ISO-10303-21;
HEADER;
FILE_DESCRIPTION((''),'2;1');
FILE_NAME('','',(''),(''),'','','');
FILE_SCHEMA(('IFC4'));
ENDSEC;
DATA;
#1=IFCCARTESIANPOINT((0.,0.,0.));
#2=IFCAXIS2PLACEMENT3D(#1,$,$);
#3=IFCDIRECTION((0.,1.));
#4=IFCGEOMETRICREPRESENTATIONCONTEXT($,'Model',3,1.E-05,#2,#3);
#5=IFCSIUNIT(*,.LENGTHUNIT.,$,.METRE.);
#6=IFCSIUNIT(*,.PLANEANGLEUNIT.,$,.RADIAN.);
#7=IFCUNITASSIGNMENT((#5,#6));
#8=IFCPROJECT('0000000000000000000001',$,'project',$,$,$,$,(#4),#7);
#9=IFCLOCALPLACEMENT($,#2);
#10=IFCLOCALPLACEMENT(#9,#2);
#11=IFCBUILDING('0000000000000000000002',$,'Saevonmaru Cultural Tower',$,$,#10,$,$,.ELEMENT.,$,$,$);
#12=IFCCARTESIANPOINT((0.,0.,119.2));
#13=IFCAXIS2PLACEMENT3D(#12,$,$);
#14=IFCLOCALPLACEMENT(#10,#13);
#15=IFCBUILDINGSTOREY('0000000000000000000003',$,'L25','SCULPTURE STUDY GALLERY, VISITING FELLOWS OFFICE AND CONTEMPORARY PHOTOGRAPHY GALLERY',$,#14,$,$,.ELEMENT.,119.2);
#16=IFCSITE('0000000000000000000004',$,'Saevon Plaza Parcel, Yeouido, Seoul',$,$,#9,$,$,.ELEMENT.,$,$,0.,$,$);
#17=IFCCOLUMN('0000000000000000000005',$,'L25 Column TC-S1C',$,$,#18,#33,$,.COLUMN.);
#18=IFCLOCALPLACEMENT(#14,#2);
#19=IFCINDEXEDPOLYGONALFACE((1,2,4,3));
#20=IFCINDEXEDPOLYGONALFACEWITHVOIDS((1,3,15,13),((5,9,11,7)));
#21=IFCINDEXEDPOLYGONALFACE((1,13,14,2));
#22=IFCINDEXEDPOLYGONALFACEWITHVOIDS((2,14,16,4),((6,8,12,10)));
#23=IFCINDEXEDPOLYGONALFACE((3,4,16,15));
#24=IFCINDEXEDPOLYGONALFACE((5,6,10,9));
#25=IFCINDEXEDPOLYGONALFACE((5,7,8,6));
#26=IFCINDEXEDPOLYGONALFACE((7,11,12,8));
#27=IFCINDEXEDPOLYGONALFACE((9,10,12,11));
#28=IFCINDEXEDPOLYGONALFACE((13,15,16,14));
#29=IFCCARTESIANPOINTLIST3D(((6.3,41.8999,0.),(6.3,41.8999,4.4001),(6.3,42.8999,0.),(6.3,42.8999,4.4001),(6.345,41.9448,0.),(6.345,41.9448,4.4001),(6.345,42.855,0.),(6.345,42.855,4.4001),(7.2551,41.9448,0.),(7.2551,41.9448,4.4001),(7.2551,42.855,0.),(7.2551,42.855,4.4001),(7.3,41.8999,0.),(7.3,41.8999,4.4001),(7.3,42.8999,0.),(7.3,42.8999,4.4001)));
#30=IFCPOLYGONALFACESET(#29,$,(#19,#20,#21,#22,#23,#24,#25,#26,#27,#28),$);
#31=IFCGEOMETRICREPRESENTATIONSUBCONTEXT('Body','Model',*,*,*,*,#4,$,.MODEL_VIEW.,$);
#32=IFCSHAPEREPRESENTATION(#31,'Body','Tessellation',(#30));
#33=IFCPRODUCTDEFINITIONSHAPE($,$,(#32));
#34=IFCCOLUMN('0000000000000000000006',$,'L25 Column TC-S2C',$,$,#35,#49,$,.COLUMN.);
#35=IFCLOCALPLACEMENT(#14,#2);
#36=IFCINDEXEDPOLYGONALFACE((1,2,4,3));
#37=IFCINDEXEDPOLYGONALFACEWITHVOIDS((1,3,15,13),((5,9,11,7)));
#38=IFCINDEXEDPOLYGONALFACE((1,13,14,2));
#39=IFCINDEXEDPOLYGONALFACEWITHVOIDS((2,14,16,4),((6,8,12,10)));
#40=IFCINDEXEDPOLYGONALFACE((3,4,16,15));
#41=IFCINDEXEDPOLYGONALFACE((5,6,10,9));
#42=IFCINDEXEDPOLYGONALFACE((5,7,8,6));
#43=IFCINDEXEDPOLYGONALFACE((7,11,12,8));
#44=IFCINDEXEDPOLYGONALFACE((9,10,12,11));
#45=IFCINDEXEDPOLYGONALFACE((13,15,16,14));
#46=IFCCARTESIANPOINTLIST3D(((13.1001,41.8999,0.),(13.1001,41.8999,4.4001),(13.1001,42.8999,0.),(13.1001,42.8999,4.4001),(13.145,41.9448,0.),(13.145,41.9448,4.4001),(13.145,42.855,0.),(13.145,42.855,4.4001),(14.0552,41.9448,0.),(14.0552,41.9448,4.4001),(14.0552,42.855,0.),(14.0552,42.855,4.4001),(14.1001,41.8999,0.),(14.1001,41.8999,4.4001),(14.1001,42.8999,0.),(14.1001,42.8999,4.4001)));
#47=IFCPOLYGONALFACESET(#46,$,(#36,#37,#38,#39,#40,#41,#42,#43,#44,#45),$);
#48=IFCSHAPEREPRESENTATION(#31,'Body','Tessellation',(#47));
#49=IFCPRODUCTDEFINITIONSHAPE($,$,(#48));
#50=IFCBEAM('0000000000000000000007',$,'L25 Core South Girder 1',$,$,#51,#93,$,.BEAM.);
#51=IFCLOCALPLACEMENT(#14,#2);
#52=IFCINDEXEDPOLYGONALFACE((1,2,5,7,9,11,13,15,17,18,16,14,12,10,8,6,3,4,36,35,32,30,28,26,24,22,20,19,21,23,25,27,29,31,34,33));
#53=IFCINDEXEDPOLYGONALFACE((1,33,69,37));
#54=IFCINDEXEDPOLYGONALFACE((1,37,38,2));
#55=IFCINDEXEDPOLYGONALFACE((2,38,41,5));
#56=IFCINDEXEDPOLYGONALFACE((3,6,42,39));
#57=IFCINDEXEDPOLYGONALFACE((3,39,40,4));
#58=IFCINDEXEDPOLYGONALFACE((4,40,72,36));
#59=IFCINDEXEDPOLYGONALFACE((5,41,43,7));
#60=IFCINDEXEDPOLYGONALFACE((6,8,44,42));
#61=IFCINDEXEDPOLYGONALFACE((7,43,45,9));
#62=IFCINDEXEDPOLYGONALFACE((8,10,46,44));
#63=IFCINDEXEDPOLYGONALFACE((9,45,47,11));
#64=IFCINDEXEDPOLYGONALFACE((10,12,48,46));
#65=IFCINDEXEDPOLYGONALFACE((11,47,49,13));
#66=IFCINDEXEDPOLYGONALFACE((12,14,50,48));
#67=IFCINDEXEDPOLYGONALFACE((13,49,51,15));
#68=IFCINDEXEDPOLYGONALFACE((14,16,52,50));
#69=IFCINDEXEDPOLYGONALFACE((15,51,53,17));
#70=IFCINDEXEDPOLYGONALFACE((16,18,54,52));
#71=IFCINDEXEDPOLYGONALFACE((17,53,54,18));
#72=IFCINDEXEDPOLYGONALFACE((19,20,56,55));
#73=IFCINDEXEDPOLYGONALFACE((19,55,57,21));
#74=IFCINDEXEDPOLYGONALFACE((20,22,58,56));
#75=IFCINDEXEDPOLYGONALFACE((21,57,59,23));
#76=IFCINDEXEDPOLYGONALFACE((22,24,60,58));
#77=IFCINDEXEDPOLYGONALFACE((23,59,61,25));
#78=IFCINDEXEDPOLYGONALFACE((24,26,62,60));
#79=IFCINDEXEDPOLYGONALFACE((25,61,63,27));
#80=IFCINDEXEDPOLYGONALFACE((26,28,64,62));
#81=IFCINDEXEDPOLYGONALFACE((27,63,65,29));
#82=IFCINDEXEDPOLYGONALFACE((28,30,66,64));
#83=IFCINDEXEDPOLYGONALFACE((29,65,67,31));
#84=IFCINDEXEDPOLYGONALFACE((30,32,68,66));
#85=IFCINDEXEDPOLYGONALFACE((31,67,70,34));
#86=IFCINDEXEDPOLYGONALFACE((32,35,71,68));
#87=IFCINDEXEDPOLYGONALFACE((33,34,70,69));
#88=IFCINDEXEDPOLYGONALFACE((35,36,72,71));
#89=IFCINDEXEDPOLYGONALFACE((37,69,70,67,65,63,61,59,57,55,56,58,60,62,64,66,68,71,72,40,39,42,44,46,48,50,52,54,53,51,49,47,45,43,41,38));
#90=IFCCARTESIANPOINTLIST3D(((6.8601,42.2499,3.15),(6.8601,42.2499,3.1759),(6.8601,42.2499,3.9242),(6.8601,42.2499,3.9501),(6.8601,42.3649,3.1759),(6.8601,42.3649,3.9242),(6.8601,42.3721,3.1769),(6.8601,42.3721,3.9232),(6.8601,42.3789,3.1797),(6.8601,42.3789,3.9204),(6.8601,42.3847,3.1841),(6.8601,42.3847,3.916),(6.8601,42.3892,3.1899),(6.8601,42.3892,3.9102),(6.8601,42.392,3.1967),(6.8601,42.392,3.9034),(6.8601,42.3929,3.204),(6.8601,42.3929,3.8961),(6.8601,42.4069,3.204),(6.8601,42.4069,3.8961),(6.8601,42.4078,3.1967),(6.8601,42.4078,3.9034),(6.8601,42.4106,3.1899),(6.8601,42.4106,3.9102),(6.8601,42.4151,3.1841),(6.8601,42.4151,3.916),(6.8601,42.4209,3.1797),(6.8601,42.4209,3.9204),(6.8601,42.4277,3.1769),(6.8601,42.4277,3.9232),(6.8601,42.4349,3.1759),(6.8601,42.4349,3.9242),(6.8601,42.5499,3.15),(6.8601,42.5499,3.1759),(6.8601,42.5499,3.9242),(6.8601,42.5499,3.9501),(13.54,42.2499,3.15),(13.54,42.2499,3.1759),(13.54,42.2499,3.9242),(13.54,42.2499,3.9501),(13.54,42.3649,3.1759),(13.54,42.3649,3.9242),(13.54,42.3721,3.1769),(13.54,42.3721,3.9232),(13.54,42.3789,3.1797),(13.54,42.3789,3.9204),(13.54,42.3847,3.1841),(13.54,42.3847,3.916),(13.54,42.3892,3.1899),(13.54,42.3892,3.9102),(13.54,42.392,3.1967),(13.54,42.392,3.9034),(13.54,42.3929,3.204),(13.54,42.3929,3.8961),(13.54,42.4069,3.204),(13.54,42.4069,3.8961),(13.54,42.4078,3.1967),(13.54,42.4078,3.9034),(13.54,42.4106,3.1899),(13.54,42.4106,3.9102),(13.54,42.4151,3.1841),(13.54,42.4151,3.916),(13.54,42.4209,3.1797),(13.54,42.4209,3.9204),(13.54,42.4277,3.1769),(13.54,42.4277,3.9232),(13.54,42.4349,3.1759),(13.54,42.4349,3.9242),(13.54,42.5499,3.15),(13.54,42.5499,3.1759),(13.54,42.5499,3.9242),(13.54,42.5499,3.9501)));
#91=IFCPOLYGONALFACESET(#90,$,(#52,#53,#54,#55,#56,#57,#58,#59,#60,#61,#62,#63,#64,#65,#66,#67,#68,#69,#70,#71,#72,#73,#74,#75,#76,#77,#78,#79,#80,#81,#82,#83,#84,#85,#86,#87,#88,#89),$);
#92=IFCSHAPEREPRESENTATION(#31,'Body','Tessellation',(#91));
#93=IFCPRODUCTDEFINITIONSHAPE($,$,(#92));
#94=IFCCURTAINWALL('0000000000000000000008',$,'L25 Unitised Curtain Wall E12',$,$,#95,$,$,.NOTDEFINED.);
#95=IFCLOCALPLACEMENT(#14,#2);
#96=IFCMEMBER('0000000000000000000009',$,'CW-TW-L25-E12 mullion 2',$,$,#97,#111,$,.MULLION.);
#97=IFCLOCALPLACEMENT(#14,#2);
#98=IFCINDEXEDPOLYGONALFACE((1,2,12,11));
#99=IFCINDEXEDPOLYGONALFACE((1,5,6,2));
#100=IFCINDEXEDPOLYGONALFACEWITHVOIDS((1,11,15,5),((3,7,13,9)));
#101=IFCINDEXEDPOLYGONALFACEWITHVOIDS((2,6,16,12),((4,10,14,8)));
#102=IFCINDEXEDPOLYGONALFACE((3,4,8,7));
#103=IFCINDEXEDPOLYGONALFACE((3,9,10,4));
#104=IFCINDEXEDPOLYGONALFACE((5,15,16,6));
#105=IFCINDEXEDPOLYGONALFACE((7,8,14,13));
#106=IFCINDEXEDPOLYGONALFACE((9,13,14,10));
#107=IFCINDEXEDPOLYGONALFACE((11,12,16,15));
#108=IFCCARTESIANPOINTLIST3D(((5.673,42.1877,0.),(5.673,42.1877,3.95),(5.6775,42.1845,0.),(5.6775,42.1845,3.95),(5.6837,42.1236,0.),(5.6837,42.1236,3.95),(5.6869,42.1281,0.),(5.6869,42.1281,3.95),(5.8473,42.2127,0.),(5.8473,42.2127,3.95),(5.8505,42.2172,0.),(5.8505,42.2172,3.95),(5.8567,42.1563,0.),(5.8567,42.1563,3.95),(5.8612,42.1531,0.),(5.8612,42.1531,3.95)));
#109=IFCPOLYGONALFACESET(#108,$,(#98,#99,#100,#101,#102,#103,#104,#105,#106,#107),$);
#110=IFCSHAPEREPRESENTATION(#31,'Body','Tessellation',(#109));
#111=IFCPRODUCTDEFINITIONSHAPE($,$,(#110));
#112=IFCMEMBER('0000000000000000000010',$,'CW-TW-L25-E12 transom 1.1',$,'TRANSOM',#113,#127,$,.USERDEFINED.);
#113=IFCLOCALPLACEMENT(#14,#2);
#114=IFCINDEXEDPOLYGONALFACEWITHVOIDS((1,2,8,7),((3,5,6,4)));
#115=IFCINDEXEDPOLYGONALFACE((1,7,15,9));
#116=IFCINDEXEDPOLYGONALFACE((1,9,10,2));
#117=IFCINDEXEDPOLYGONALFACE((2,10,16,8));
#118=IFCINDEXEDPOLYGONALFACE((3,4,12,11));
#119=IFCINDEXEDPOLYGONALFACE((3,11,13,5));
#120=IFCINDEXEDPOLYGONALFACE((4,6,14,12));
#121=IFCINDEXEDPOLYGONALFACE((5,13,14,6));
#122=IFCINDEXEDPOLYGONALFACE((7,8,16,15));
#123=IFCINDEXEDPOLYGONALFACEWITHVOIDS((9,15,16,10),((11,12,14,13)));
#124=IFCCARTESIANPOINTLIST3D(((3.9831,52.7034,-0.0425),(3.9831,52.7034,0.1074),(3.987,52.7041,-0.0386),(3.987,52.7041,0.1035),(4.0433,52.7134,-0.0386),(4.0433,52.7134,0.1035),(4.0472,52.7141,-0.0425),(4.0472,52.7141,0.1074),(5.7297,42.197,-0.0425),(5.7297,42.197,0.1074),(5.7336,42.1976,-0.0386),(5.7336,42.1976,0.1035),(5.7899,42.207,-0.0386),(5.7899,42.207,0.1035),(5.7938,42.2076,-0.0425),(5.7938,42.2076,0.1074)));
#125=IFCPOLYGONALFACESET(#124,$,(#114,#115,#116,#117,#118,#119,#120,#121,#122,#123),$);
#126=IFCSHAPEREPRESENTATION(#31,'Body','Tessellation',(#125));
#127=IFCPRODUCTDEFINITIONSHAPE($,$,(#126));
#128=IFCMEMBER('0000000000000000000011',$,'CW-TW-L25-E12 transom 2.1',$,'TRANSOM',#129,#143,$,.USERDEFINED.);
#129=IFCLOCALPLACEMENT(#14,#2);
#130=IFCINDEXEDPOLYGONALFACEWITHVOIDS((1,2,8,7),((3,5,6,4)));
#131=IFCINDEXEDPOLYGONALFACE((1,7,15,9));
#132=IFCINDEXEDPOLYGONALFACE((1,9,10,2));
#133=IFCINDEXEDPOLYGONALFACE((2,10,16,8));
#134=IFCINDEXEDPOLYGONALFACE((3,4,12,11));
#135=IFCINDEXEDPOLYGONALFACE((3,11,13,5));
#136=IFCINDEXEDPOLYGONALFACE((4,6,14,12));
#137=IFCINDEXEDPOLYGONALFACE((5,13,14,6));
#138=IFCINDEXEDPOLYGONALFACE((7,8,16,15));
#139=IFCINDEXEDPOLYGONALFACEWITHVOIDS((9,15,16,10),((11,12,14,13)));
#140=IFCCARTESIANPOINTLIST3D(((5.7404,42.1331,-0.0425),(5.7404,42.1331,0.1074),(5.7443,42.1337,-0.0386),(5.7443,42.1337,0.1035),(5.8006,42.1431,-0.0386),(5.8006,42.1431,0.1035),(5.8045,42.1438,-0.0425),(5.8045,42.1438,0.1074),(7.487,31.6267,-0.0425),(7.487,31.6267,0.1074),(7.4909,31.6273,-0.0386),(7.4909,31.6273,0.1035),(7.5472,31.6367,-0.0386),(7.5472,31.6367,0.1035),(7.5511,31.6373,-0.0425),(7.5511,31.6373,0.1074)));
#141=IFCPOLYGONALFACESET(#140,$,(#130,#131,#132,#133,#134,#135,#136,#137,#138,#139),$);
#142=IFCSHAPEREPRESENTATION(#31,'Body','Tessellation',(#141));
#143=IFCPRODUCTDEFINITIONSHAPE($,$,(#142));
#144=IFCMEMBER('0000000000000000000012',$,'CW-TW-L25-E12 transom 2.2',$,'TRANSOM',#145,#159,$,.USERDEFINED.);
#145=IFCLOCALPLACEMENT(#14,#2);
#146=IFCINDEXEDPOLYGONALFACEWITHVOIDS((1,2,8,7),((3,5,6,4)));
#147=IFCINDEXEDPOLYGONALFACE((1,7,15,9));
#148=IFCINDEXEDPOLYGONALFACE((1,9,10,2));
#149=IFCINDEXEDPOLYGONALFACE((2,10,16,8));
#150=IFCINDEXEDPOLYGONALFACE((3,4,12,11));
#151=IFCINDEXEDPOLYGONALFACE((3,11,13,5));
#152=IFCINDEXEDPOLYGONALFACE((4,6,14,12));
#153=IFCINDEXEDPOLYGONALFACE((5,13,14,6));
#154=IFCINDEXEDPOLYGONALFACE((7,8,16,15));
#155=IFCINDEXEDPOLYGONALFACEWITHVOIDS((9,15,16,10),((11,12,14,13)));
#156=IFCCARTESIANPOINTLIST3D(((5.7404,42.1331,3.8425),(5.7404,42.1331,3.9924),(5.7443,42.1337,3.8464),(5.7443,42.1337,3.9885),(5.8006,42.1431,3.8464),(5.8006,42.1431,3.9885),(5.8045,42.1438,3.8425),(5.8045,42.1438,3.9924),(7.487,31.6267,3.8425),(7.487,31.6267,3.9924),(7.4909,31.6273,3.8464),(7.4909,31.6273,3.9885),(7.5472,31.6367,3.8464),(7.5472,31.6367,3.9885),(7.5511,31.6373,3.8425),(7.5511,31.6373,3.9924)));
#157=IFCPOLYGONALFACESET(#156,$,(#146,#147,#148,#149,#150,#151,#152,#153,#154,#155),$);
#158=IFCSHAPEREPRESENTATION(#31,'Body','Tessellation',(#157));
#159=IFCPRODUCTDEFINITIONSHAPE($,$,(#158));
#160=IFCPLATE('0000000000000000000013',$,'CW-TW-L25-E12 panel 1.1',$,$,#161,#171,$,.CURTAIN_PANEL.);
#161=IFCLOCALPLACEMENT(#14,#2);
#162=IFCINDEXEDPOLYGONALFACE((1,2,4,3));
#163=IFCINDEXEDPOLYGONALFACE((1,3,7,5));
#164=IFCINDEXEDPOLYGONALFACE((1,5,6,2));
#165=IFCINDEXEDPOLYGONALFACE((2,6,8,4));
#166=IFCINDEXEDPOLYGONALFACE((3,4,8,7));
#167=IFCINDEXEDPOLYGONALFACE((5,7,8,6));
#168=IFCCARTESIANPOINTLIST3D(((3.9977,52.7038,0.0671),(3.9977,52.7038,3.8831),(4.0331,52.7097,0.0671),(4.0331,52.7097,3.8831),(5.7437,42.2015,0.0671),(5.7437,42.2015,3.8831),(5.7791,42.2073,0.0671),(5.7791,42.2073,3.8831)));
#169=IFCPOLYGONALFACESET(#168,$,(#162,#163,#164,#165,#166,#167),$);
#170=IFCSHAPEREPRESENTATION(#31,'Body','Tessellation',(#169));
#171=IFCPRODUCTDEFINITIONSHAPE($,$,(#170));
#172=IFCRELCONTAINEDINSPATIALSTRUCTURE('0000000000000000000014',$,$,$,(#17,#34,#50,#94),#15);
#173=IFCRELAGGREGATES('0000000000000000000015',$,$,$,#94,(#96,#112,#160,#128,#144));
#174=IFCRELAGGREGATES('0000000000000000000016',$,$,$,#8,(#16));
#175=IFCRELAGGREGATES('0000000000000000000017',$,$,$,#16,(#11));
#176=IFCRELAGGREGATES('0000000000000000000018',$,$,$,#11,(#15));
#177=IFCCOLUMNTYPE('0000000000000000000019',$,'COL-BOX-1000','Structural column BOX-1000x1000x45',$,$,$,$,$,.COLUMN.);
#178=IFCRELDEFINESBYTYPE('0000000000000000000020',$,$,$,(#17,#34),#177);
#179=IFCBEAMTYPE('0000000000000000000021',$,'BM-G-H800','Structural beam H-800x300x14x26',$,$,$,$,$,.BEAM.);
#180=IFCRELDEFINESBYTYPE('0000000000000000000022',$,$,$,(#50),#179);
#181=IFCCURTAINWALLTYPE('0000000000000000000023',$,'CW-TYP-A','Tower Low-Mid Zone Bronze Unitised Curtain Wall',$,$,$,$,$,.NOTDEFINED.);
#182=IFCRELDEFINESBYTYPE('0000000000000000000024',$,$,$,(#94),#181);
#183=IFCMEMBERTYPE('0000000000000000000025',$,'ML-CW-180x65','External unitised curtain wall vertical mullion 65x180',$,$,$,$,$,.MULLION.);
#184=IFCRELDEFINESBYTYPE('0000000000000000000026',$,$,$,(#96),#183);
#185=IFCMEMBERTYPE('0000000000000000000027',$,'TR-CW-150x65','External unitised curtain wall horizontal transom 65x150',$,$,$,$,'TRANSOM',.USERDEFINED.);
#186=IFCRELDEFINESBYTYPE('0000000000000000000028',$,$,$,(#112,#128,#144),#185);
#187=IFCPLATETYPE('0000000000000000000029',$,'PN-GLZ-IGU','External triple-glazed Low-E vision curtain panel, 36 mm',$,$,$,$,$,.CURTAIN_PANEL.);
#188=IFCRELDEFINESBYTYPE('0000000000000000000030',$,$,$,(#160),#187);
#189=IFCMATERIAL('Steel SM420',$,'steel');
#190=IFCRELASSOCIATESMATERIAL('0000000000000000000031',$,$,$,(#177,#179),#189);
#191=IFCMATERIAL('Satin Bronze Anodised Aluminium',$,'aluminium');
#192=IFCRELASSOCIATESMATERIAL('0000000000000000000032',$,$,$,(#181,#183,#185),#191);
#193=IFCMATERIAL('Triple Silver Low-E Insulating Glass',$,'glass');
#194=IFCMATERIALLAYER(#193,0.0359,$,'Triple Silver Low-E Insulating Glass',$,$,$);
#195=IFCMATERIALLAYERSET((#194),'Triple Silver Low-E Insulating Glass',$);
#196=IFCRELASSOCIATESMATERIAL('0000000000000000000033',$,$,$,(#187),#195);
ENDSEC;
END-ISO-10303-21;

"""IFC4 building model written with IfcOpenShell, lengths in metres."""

from ifc_helpers import new_model, si_unit, direction, frame, origin, origin_2d, place, context, subcontext, project, spatial, rectangle, hollow_rectangle, i_section, extrude, material, layer, layer_set, material_profile, profile_set, type_object, element, aggregate, save


model = new_model("IFC4")

# Units and contexts
model_context = context("Model", 3, precision=1e-05, world=origin(), true_north=direction((0.0, 1.0)))
body_context = subcontext(model_context, "Body", "Model", "MODEL_VIEW")
ifc_project = project(units=[si_unit("LENGTHUNIT", "METRE"), si_unit("PLANEANGLEUNIT", "RADIAN")], contexts=[model_context])

# Site, building, storey
site_placement = place(None, origin())
site = spatial("IfcSite", under=ifc_project, at=site_placement, Name="Saevon Plaza Parcel, Yeouido, Seoul", CompositionType="ELEMENT", RefElevation=0.0)
building_placement = place(site_placement, origin())
building = spatial("IfcBuilding", under=site, at=building_placement, Name="Saevonmaru Cultural Tower", CompositionType="ELEMENT")
storey_placement = place(building_placement, frame((0.0, 0.0, 119.2)))
storey = spatial("IfcBuildingStorey", under=building, at=storey_placement, Name="L25", Description="SCULPTURE STUDY GALLERY, VISITING FELLOWS OFFICE AND CONTEMPORARY PHOTOGRAPHY GALLERY", CompositionType="ELEMENT", Elevation=119.2)

# Columns
ifc_material_1 = material(Name="Steel SM420", Category="steel")
ifc_material_profile_1 = material_profile(ifc_material_1, hollow_rectangle(XDim=1.0, YDim=1.0, WallThickness=0.0449, at=origin_2d()), Name="BOX-1000x1000x45")
ifc_profile_set_1 = profile_set([ifc_material_profile_1], Name="Steel SM420")
column_type = type_object("IfcColumnType", Name="COL-BOX-1000", Description="Structural column BOX-1000x1000x45", PredefinedType="COLUMN", material=ifc_profile_set_1)
for number, where, z_axis, x_axis, name in (
    (1, (6.8, 42.3999, 0.0), (0.0, 0.0, 1.0), (1.0, 0.0, 0.0), "L25 Column TC-S1C"),
    (2, (13.6001, 42.3999, 0.0), (0.0, 0.0, 1.0), (1.0, 0.0, 0.0), "L25 Column TC-S2C"),
):
    element("IfcColumn", number, at=place(storey_placement, frame(where, z_axis=z_axis, x_axis=x_axis)), inside=storey, type_object=column_type, Name=name, PredefinedType="COLUMN", context=body_context, shape_type="SweptSolid", body=[
        extrude(hollow_rectangle(XDim=1.0, YDim=1.0, WallThickness=0.0449, at=origin_2d()), origin(), (0.0, 0.0, 1.0), 4.4001),
    ])

# Beam
ifc_material_profile_2 = material_profile(ifc_material_1, i_section(OverallWidth=0.3, OverallDepth=0.8, WebThickness=0.0139, FlangeThickness=0.0259, FilletRadius=0.0281, at=origin_2d()), Name="H-800x300x14x26")
ifc_profile_set_2 = profile_set([ifc_material_profile_2], Name="Steel SM420")
beam_type = type_object("IfcBeamType", Name="BM-G-H800", Description="Structural beam H-800x300x14x26", PredefinedType="BEAM", material=ifc_profile_set_2)
beam_placement = place(storey_placement, frame((6.8601, 42.3999, 3.55), z_axis=(1.0, 0.0, 0.0), x_axis=(0.0, 1.0, 0.0)))
element("IfcBeam", 3, at=beam_placement, inside=storey, type_object=beam_type, Name="L25 Core South Girder 1", PredefinedType="BEAM", context=body_context, shape_type="SweptSolid", body=[
    extrude(i_section(OverallWidth=0.3, OverallDepth=0.8, WebThickness=0.0139, FlangeThickness=0.0259, FilletRadius=0.0281, at=origin_2d()), origin(), (0.0, 0.0, 1.0), 6.6799),
])

# Curtain wall, members, plate
ifc_material_2 = material(Name="Satin Bronze Anodised Aluminium", Category="aluminium")
curtain_wall_type = type_object("IfcCurtainWallType", Name="CW-TYP-A", Description="Tower Low-Mid Zone Bronze Unitised Curtain Wall", PredefinedType="NOTDEFINED", material=ifc_material_2)
curtain_wall_placement = place(storey_placement, origin())
curtain_wall = element("IfcCurtainWall", 4, at=curtain_wall_placement, inside=storey, type_object=curtain_wall_type, Name="L25 Unitised Curtain Wall E12", PredefinedType="NOTDEFINED")
ifc_material_profile_3 = material_profile(ifc_material_2, hollow_rectangle(XDim=0.0649, YDim=0.1799, WallThickness=0.0039, at=origin_2d()), Name="ALU-MULL-180x65x4")
ifc_profile_set_3 = profile_set([ifc_material_profile_3], Name="Satin Bronze Anodised Aluminium")
member_type_1 = type_object("IfcMemberType", Name="ML-CW-180x65", Description="External unitised curtain wall vertical mullion 65x180", PredefinedType="MULLION", material=ifc_profile_set_3)
member_1_placement = place(storey_placement, frame((5.7671, 42.1704, 0.0), z_axis=(0.0, 0.0, 1.0), x_axis=(0.163999, -0.986461, 0.0)))
member_1 = element("IfcMember", 5, at=member_1_placement, type_object=member_type_1, Name="CW-TW-L25-E12 mullion 2", PredefinedType="MULLION", context=body_context, shape_type="SweptSolid", body=[
    extrude(hollow_rectangle(XDim=0.0649, YDim=0.1799, WallThickness=0.0039, at=origin_2d()), origin(), (0.0, 0.0, 1.0), 3.95),
])
ifc_material_profile_4 = material_profile(ifc_material_2, hollow_rectangle(XDim=0.0649, YDim=0.1499, WallThickness=0.0039, at=origin_2d()), Name="ALU-TRAN-150x65x4")
ifc_profile_set_4 = profile_set([ifc_material_profile_4], Name="Satin Bronze Anodised Aluminium")
member_type_2 = type_object("IfcMemberType", Name="TR-CW-150x65", Description="External unitised curtain wall horizontal transom 65x150", ElementType="TRANSOM", PredefinedType="USERDEFINED", material=ifc_profile_set_4)
member_2_placement = place(storey_placement, frame((4.0151, 52.7087, 0.0325), z_axis=(0.16399, -0.986462, 0.0), x_axis=(0.986462, 0.16399, 0.0)))
member_2 = element("IfcMember", 6, at=member_2_placement, type_object=member_type_2, Name="CW-TW-L25-E12 transom 1.1", ObjectType="TRANSOM", PredefinedType="USERDEFINED", context=body_context, shape_type="SweptSolid", body=[
    extrude(hollow_rectangle(XDim=0.0649, YDim=0.1499, WallThickness=0.0039, at=origin_2d()), origin(), (0.0, 0.0, 1.0), 10.6506),
])
member_3_placement = place(storey_placement, frame((5.7725, 42.1384, 0.0325), z_axis=(0.16399, -0.986462, 0.0), x_axis=(0.986462, 0.16399, 0.0)))
member_3 = element("IfcMember", 7, at=member_3_placement, type_object=member_type_2, Name="CW-TW-L25-E12 transom 2.1", ObjectType="TRANSOM", PredefinedType="USERDEFINED", context=body_context, shape_type="SweptSolid", body=[
    extrude(hollow_rectangle(XDim=0.0649, YDim=0.1499, WallThickness=0.0039, at=origin_2d()), origin(), (0.0, 0.0, 1.0), 10.6506),
])
member_4_placement = place(storey_placement, frame((5.7725, 42.1384, 3.9175), z_axis=(0.16399, -0.986462, 0.0), x_axis=(0.986462, 0.16399, 0.0)))
member_4 = element("IfcMember", 8, at=member_4_placement, type_object=member_type_2, Name="CW-TW-L25-E12 transom 2.2", ObjectType="TRANSOM", PredefinedType="USERDEFINED", context=body_context, shape_type="SweptSolid", body=[
    extrude(hollow_rectangle(XDim=0.0649, YDim=0.1499, WallThickness=0.0039, at=origin_2d()), origin(), (0.0, 0.0, 1.0), 10.6506),
])
ifc_material_3 = material(Name="Triple Silver Low-E Insulating Glass", Category="glass")
ifc_layer_1 = layer(ifc_material_3, 0.0359, Name="Triple Silver Low-E Insulating Glass")
ifc_layer_set_1 = layer_set([ifc_layer_1], Name="Triple Silver Low-E Insulating Glass")
plate_type = type_object("IfcPlateType", Name="PN-GLZ-IGU", Description="External triple-glazed Low-E vision curtain panel, 36 mm", PredefinedType="CURTAIN_PANEL", material=ifc_layer_set_1)
plate_placement = place(storey_placement, frame((4.8884, 47.4556, 0.0671), z_axis=(0.0, 0.0, 1.0), x_axis=(0.163999, -0.986461, 0.0)))
plate = element("IfcPlate", 9, at=plate_placement, type_object=plate_type, Name="CW-TW-L25-E12 panel 1.1", PredefinedType="CURTAIN_PANEL", context=body_context, shape_type="SweptSolid", body=[
    extrude(rectangle(XDim=10.6465, YDim=0.0359, at=origin_2d()), origin(), (0.0, 0.0, 1.0), 3.8159),
])
aggregate(curtain_wall, [member_1, member_2, plate, member_3, member_4])

save(model, "model.ifc")
